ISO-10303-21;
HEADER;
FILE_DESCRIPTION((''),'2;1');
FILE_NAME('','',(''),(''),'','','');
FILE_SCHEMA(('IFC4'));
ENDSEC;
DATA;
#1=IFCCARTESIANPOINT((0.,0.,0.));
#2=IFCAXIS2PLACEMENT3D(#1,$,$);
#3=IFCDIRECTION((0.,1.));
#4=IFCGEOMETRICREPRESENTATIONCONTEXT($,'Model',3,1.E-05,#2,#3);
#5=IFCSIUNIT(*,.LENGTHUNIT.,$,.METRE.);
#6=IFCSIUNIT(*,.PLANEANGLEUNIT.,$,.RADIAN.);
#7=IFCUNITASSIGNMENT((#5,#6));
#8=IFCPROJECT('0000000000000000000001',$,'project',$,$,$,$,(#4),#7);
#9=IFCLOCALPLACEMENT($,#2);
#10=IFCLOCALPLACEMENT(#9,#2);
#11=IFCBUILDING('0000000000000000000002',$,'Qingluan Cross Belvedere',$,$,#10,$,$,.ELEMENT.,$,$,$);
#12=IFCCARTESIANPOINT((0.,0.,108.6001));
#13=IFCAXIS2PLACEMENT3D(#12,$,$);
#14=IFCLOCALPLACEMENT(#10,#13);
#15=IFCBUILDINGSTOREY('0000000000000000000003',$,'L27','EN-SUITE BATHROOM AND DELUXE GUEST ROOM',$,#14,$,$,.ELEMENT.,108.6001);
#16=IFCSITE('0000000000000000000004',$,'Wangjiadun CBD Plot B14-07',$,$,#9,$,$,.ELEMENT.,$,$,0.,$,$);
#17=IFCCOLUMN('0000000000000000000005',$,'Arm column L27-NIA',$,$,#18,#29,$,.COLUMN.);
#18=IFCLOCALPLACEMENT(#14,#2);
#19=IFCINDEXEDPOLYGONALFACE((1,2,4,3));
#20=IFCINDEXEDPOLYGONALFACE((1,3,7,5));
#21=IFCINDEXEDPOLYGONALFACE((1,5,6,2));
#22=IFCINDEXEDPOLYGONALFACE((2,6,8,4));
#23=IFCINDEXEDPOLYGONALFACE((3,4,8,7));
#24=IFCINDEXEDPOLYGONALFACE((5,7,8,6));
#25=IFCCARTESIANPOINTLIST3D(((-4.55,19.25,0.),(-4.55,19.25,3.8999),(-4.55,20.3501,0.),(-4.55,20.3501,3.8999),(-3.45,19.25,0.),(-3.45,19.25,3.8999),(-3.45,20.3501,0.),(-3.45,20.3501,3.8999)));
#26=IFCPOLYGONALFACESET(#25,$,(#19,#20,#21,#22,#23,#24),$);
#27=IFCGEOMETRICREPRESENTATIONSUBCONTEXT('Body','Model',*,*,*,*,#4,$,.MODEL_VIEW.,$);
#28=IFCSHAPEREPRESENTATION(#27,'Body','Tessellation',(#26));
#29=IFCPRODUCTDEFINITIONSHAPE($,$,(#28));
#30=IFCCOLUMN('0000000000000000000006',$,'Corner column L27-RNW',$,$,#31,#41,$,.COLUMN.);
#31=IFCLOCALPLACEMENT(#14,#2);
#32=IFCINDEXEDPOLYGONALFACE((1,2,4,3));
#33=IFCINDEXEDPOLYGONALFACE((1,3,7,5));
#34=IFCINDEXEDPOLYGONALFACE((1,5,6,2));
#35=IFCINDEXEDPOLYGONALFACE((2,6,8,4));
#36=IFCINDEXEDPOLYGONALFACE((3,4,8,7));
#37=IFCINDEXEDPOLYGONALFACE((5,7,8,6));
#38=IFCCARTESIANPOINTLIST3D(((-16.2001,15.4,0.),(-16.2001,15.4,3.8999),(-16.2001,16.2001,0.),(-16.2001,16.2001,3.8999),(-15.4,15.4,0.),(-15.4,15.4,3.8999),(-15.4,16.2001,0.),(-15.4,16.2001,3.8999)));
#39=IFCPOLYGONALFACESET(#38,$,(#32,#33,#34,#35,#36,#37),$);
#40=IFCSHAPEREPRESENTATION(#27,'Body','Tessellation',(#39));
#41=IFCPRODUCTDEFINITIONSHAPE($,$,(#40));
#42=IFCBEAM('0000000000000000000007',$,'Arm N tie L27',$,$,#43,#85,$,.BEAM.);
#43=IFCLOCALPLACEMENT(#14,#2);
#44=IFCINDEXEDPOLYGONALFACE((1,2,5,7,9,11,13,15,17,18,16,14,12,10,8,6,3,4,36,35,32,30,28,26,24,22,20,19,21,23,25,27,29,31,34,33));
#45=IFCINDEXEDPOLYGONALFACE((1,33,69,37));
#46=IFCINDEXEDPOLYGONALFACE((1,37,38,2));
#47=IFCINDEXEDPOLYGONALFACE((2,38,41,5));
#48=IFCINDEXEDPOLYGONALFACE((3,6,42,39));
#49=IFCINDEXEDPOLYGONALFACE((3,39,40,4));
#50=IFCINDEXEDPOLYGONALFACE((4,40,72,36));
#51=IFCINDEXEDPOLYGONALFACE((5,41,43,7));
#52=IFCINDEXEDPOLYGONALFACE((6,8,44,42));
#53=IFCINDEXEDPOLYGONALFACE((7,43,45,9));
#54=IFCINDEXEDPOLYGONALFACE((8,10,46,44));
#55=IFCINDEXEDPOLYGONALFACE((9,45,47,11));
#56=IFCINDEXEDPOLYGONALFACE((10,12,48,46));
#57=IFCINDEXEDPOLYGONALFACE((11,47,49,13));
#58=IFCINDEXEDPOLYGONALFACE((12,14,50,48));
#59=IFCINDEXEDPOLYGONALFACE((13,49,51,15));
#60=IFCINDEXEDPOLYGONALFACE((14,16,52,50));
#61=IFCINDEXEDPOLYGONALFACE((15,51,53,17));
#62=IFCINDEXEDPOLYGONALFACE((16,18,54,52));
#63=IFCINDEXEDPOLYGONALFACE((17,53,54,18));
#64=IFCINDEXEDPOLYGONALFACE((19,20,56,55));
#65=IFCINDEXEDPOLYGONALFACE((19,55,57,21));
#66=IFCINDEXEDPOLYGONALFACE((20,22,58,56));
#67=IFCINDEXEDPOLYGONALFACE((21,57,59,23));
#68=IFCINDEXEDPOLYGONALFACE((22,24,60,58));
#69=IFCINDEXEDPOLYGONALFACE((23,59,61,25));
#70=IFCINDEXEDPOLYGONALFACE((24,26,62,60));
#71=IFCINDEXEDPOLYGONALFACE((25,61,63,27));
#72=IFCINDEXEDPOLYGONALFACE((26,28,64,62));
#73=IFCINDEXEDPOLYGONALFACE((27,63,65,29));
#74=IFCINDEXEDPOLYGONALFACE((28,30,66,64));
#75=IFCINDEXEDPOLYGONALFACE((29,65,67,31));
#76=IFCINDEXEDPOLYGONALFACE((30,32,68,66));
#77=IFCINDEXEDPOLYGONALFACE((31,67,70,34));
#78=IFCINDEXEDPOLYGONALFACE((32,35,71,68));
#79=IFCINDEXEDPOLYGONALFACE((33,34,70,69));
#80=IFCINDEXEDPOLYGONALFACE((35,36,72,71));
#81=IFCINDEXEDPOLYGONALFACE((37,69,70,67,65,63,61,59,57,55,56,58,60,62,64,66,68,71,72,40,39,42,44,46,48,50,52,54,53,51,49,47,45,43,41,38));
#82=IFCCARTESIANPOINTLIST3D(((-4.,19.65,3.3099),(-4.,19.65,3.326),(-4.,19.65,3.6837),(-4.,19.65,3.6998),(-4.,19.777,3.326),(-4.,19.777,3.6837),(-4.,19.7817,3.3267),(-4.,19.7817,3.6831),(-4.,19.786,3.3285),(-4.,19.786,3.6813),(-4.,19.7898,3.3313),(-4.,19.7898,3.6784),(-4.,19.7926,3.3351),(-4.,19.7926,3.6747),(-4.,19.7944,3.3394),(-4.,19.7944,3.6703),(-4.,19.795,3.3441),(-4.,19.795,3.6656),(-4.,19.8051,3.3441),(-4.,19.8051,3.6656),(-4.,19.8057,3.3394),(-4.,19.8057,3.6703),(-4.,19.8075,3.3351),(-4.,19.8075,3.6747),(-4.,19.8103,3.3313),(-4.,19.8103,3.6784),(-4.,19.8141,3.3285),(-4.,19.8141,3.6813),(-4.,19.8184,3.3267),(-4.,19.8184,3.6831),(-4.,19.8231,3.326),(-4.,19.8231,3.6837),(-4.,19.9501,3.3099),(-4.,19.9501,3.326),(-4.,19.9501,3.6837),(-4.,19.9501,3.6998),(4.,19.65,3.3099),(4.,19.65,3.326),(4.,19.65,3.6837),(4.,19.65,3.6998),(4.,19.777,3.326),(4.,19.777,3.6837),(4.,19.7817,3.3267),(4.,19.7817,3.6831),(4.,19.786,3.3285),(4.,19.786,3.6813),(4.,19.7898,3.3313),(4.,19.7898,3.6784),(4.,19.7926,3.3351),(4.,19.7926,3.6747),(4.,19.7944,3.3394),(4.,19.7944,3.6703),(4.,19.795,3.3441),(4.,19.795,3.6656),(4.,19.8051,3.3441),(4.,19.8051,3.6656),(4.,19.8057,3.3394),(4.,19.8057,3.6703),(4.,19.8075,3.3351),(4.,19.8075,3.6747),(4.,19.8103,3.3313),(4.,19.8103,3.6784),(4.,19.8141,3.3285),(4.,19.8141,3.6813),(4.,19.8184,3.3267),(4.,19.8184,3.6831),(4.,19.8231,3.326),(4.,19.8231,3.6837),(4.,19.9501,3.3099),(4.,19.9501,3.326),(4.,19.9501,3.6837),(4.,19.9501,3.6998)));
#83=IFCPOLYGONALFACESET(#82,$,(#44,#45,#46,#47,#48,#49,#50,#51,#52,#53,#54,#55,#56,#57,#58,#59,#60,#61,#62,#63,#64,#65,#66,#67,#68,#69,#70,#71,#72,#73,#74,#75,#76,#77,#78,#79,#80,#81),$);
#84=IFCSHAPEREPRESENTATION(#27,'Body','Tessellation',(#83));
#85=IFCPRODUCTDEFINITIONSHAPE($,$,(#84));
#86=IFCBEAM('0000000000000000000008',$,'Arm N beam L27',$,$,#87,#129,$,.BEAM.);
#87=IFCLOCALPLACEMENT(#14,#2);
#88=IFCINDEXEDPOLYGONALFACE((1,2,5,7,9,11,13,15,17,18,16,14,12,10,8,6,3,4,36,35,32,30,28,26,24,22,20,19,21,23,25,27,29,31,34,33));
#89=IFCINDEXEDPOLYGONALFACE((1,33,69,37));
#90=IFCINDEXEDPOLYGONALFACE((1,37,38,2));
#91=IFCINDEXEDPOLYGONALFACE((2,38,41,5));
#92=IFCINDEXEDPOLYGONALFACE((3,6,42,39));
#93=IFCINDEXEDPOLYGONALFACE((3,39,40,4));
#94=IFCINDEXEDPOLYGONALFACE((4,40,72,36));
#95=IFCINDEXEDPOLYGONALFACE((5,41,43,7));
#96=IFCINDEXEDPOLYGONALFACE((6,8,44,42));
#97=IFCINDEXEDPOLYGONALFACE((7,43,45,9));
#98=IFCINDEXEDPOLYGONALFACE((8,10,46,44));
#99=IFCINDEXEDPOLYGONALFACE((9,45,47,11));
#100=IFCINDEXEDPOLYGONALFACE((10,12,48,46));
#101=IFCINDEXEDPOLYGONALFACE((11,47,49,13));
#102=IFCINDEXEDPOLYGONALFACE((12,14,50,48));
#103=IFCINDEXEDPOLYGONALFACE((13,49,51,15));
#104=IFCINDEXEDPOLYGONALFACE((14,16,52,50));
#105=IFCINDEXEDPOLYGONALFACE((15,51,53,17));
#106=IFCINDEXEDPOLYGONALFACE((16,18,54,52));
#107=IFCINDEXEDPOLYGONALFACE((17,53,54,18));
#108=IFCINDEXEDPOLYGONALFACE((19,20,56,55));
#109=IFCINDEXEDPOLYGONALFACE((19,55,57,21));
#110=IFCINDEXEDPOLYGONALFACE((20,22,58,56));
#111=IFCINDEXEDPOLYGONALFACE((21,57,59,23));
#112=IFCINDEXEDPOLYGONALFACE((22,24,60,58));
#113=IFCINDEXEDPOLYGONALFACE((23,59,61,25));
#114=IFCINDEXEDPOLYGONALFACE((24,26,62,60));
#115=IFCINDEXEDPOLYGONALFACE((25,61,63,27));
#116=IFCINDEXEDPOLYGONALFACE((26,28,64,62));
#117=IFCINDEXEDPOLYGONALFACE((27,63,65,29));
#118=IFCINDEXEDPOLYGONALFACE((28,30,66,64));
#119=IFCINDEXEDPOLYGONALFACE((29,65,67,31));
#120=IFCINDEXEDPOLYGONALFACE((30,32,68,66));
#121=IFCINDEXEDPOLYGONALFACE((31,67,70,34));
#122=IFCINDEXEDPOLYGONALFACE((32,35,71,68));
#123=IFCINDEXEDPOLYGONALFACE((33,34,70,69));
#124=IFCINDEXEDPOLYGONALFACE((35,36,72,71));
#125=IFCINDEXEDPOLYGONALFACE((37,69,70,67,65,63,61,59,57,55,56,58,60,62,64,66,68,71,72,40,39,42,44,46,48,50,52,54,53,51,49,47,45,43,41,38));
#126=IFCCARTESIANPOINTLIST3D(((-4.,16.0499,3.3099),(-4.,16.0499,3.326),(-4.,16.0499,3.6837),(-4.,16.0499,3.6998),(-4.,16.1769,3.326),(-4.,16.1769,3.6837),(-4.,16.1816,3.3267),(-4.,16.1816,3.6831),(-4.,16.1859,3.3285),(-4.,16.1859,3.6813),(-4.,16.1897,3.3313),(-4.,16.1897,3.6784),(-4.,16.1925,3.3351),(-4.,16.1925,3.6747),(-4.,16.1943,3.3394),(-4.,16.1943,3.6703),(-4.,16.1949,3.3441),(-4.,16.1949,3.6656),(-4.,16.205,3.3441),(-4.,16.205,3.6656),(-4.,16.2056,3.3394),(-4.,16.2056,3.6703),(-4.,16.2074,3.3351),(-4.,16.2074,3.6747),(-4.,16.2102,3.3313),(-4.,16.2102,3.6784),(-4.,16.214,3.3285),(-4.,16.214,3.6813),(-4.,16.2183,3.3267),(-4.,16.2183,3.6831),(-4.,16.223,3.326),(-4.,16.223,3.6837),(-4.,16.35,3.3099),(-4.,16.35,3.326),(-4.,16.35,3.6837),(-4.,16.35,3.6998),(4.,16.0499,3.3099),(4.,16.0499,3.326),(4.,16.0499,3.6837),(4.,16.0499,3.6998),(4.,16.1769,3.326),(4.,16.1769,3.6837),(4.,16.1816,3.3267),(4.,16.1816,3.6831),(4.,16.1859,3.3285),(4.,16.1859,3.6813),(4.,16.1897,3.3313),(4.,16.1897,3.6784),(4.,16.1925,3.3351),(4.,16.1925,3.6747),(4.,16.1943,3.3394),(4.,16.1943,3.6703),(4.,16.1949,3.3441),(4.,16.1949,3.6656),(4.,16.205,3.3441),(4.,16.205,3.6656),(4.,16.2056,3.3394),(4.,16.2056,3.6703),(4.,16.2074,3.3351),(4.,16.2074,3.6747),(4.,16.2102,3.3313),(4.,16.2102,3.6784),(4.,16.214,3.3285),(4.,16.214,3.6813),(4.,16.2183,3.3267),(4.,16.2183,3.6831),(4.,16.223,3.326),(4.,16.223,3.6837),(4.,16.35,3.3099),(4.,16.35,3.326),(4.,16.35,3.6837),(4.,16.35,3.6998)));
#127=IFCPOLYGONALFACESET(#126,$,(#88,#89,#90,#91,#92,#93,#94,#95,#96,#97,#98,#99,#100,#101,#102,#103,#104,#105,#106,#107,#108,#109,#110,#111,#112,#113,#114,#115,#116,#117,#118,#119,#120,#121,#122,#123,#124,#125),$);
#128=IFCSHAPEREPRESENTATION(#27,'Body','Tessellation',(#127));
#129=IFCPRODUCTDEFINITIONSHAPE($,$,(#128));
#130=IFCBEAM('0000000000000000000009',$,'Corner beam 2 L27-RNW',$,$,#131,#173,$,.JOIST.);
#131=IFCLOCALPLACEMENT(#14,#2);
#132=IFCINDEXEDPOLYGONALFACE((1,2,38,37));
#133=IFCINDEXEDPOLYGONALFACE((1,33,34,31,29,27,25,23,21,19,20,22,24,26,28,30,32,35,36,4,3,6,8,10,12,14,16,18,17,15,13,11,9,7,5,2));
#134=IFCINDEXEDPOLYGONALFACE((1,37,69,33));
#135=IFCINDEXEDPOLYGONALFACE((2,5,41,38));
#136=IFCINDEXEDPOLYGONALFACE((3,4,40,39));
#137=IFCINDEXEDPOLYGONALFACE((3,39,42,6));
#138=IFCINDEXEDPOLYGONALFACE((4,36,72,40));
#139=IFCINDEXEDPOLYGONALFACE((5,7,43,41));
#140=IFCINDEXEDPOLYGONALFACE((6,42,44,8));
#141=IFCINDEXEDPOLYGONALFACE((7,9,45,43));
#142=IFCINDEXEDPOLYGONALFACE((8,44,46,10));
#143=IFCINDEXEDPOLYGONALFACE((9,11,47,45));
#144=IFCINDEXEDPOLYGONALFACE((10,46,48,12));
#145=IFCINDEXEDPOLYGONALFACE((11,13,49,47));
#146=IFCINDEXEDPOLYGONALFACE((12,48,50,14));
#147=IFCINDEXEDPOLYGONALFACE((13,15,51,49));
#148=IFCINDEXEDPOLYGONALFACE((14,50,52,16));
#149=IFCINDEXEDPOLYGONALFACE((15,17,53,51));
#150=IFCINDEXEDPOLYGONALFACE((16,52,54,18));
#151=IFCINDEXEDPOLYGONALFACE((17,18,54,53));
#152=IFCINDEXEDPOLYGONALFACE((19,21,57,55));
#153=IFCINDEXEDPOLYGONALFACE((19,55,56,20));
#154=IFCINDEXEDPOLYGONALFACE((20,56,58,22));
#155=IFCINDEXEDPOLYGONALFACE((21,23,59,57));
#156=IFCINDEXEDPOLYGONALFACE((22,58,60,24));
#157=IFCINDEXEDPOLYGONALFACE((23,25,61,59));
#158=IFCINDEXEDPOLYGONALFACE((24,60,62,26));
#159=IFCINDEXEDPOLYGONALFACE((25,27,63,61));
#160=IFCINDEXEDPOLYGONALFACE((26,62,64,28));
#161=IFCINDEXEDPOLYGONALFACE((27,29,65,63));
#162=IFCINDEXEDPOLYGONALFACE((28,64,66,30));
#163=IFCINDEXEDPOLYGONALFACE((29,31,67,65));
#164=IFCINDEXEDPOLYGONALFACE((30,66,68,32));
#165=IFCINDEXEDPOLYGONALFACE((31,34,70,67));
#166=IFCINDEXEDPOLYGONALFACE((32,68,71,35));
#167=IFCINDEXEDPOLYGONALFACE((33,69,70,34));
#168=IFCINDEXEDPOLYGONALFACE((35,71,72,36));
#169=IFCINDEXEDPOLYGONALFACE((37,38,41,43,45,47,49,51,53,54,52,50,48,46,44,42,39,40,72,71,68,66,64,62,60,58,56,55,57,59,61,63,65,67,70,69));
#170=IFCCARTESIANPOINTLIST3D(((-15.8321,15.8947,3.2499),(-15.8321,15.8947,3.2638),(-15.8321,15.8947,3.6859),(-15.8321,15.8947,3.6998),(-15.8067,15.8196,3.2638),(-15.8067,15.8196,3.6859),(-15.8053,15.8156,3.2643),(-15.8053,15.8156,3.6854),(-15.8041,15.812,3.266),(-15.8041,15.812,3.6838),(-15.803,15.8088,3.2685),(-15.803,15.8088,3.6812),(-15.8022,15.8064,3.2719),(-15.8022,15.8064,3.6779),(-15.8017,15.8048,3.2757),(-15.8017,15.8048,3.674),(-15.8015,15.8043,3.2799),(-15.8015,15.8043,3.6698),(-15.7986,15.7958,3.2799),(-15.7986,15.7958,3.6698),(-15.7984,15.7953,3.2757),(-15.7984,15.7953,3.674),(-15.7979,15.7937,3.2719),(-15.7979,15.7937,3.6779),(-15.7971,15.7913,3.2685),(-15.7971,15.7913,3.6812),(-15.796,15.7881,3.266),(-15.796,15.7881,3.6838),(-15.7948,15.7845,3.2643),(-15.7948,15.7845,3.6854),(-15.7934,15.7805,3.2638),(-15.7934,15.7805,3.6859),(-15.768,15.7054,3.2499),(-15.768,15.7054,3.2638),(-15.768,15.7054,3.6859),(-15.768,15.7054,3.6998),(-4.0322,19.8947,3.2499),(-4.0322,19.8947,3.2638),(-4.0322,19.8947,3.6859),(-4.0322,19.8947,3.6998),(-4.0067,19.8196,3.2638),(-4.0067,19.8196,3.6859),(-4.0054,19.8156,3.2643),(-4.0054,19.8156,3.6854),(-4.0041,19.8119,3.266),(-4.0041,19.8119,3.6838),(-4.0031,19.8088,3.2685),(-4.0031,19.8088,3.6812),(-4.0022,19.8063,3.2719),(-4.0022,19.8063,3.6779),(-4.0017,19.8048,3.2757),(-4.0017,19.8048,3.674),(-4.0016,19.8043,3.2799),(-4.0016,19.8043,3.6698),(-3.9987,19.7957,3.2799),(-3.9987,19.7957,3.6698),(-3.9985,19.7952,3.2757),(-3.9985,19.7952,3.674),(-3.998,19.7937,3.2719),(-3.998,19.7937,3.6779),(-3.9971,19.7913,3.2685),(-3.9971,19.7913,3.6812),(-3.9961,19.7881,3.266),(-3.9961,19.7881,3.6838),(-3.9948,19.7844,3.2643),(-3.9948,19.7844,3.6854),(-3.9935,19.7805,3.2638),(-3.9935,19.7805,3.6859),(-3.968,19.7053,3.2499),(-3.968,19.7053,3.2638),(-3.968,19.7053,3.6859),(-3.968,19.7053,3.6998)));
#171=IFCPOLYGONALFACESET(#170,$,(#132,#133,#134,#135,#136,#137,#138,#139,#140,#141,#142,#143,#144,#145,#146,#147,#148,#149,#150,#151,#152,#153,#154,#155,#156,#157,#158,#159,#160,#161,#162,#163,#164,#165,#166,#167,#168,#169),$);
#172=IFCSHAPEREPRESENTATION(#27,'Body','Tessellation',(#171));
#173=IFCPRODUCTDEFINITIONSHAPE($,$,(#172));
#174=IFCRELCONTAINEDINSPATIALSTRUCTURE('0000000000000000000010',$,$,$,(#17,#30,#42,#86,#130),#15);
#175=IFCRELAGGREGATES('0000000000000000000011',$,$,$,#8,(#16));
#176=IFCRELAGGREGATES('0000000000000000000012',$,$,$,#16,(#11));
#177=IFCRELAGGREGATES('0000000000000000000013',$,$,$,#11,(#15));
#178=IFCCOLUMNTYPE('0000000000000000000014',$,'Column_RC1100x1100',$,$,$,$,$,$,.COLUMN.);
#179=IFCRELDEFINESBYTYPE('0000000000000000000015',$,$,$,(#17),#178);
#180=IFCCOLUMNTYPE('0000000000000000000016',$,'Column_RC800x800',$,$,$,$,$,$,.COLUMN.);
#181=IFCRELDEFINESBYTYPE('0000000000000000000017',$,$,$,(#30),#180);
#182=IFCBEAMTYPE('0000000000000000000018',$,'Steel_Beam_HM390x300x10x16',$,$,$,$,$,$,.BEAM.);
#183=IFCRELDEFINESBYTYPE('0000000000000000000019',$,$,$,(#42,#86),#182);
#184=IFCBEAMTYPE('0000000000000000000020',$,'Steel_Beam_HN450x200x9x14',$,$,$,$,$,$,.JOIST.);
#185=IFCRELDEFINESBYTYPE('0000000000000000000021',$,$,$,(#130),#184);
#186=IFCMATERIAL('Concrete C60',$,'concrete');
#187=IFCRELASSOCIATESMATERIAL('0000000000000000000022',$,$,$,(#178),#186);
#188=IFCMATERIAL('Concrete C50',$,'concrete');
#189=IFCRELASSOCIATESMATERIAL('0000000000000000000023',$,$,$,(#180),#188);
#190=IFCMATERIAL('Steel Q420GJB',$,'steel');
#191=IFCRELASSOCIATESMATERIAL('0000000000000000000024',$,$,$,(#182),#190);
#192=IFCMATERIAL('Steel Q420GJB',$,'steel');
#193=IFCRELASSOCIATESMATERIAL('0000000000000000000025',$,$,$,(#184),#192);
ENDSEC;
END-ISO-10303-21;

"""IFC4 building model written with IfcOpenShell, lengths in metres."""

from ifc_helpers import new_model, si_unit, direction, frame, origin, origin_2d, place, context, subcontext, project, spatial, rectangle, i_section, extrude, material, material_profile, profile_set, type_object, element, save


model = new_model("IFC4")

# Units and contexts
model_context = context("Model", 3, precision=1e-05, world=origin(), true_north=direction((0.0, 1.0)))
body_context = subcontext(model_context, "Body", "Model", "MODEL_VIEW")
ifc_project = project(units=[si_unit("LENGTHUNIT", "METRE"), si_unit("PLANEANGLEUNIT", "RADIAN")], contexts=[model_context])

# Site, building, storey
site_placement = place(None, origin())
site = spatial("IfcSite", under=ifc_project, at=site_placement, Name="Wangjiadun CBD Plot B14-07", CompositionType="ELEMENT", RefElevation=0.0)
building_placement = place(site_placement, origin())
building = spatial("IfcBuilding", under=site, at=building_placement, Name="Qingluan Cross Belvedere", CompositionType="ELEMENT")
storey_placement = place(building_placement, frame((0.0, 0.0, 108.6001)))
storey = spatial("IfcBuildingStorey", under=building, at=storey_placement, Name="L27", Description="EN-SUITE BATHROOM AND DELUXE GUEST ROOM", CompositionType="ELEMENT", Elevation=108.6001)

# Columns
ifc_material_1 = material(Name="Concrete C60", Category="concrete")
ifc_material_profile_1 = material_profile(ifc_material_1, rectangle(XDim=1.1001, YDim=1.1001, at=origin_2d()), Name="RC1100x1100")
ifc_profile_set_1 = profile_set([ifc_material_profile_1], Name="Concrete C60")
column_type_1 = type_object("IfcColumnType", Name="Column_RC1100x1100", PredefinedType="COLUMN", material=ifc_profile_set_1)
column_1_placement = place(storey_placement, frame((-4.0, 19.8, 0.0), z_axis=(0.0, 0.0, 1.0), x_axis=(1.0, 0.0, 0.0)))
element("IfcColumn", 1, at=column_1_placement, inside=storey, type_object=column_type_1, Name="Arm column L27-NIA", PredefinedType="COLUMN", context=body_context, shape_type="SweptSolid", body=[
    extrude(rectangle(XDim=1.1001, YDim=1.1001, at=origin_2d()), origin(), (0.0, 0.0, 1.0), 3.8999),
])
ifc_material_2 = material(Name="Concrete C50", Category="concrete")
ifc_material_profile_2 = material_profile(ifc_material_2, rectangle(XDim=0.8, YDim=0.8, at=origin_2d()), Name="RC800x800")
ifc_profile_set_2 = profile_set([ifc_material_profile_2], Name="Concrete C50")
column_type_2 = type_object("IfcColumnType", Name="Column_RC800x800", PredefinedType="COLUMN", material=ifc_profile_set_2)
column_2_placement = place(storey_placement, frame((-15.8, 15.8, 0.0), z_axis=(0.0, 0.0, 1.0), x_axis=(1.0, 0.0, 0.0)))
element("IfcColumn", 2, at=column_2_placement, inside=storey, type_object=column_type_2, Name="Corner column L27-RNW", PredefinedType="COLUMN", context=body_context, shape_type="SweptSolid", body=[
    extrude(rectangle(XDim=0.8, YDim=0.8, at=origin_2d()), origin(), (0.0, 0.0, 1.0), 3.8999),
])

# Beams
ifc_material_3 = material(Name="Steel Q420GJB", Category="steel")
ifc_material_profile_3 = material_profile(ifc_material_3, i_section(OverallWidth=0.3, OverallDepth=0.3899, WebThickness=0.01, FlangeThickness=0.0161, FilletRadius=0.0181, at=origin_2d()), Name="HM390x300x10x16")
ifc_profile_set_3 = profile_set([ifc_material_profile_3], Name="Steel Q420GJB")
beam_type_1 = type_object("IfcBeamType", Name="Steel_Beam_HM390x300x10x16", PredefinedType="BEAM", material=ifc_profile_set_3)
for number, where, z_axis, x_axis, name in (
    (3, (-4.0, 19.8, 3.5049), (1.0, 0.0, 0.0), (0.0, 1.0, 0.0), "Arm N tie L27"),
    (4, (-4.0, 16.2, 3.5049), (1.0, 0.0, 0.0), (0.0, 1.0, 0.0), "Arm N beam L27"),
):
    element("IfcBeam", number, at=place(storey_placement, frame(where, z_axis=z_axis, x_axis=x_axis)), inside=storey, type_object=beam_type_1, Name=name, PredefinedType="BEAM", context=body_context, shape_type="SweptSolid", body=[
        extrude(i_section(OverallWidth=0.3, OverallDepth=0.3899, WebThickness=0.01, FlangeThickness=0.0161, FilletRadius=0.0181, at=origin_2d()), origin(), (0.0, 0.0, 1.0), 8.0),
    ])
ifc_material_4 = material(Name="Steel Q420GJB", Category="steel")
ifc_material_profile_4 = material_profile(ifc_material_4, i_section(OverallWidth=0.2, OverallDepth=0.45, WebThickness=0.009, FlangeThickness=0.0139, FilletRadius=0.0161, at=origin_2d()), Name="HN450x200x9x14")
ifc_profile_set_4 = profile_set([ifc_material_profile_4], Name="Steel Q420GJB")
beam_type_2 = type_object("IfcBeamType", Name="Steel_Beam_HN450x200x9x14", PredefinedType="JOIST", material=ifc_profile_set_4)
for number, where, z_axis, x_axis, name in (
    (5, (-15.8, 15.8, 3.4749), (0.947066, 0.321038, 0.0), (-0.321038, 0.947066, 0.0), "Corner beam 2 L27-RNW"),
):
    element("IfcBeam", number, at=place(storey_placement, frame(where, z_axis=z_axis, x_axis=x_axis)), inside=storey, type_object=beam_type_2, Name=name, PredefinedType="JOIST", context=body_context, shape_type="SweptSolid", body=[
        extrude(i_section(OverallWidth=0.2, OverallDepth=0.45, WebThickness=0.009, FlangeThickness=0.0139, FilletRadius=0.0161, at=origin_2d()), origin(), (0.0, 0.0, 1.0), 12.4595),
    ])

save(model, "model.ifc")
